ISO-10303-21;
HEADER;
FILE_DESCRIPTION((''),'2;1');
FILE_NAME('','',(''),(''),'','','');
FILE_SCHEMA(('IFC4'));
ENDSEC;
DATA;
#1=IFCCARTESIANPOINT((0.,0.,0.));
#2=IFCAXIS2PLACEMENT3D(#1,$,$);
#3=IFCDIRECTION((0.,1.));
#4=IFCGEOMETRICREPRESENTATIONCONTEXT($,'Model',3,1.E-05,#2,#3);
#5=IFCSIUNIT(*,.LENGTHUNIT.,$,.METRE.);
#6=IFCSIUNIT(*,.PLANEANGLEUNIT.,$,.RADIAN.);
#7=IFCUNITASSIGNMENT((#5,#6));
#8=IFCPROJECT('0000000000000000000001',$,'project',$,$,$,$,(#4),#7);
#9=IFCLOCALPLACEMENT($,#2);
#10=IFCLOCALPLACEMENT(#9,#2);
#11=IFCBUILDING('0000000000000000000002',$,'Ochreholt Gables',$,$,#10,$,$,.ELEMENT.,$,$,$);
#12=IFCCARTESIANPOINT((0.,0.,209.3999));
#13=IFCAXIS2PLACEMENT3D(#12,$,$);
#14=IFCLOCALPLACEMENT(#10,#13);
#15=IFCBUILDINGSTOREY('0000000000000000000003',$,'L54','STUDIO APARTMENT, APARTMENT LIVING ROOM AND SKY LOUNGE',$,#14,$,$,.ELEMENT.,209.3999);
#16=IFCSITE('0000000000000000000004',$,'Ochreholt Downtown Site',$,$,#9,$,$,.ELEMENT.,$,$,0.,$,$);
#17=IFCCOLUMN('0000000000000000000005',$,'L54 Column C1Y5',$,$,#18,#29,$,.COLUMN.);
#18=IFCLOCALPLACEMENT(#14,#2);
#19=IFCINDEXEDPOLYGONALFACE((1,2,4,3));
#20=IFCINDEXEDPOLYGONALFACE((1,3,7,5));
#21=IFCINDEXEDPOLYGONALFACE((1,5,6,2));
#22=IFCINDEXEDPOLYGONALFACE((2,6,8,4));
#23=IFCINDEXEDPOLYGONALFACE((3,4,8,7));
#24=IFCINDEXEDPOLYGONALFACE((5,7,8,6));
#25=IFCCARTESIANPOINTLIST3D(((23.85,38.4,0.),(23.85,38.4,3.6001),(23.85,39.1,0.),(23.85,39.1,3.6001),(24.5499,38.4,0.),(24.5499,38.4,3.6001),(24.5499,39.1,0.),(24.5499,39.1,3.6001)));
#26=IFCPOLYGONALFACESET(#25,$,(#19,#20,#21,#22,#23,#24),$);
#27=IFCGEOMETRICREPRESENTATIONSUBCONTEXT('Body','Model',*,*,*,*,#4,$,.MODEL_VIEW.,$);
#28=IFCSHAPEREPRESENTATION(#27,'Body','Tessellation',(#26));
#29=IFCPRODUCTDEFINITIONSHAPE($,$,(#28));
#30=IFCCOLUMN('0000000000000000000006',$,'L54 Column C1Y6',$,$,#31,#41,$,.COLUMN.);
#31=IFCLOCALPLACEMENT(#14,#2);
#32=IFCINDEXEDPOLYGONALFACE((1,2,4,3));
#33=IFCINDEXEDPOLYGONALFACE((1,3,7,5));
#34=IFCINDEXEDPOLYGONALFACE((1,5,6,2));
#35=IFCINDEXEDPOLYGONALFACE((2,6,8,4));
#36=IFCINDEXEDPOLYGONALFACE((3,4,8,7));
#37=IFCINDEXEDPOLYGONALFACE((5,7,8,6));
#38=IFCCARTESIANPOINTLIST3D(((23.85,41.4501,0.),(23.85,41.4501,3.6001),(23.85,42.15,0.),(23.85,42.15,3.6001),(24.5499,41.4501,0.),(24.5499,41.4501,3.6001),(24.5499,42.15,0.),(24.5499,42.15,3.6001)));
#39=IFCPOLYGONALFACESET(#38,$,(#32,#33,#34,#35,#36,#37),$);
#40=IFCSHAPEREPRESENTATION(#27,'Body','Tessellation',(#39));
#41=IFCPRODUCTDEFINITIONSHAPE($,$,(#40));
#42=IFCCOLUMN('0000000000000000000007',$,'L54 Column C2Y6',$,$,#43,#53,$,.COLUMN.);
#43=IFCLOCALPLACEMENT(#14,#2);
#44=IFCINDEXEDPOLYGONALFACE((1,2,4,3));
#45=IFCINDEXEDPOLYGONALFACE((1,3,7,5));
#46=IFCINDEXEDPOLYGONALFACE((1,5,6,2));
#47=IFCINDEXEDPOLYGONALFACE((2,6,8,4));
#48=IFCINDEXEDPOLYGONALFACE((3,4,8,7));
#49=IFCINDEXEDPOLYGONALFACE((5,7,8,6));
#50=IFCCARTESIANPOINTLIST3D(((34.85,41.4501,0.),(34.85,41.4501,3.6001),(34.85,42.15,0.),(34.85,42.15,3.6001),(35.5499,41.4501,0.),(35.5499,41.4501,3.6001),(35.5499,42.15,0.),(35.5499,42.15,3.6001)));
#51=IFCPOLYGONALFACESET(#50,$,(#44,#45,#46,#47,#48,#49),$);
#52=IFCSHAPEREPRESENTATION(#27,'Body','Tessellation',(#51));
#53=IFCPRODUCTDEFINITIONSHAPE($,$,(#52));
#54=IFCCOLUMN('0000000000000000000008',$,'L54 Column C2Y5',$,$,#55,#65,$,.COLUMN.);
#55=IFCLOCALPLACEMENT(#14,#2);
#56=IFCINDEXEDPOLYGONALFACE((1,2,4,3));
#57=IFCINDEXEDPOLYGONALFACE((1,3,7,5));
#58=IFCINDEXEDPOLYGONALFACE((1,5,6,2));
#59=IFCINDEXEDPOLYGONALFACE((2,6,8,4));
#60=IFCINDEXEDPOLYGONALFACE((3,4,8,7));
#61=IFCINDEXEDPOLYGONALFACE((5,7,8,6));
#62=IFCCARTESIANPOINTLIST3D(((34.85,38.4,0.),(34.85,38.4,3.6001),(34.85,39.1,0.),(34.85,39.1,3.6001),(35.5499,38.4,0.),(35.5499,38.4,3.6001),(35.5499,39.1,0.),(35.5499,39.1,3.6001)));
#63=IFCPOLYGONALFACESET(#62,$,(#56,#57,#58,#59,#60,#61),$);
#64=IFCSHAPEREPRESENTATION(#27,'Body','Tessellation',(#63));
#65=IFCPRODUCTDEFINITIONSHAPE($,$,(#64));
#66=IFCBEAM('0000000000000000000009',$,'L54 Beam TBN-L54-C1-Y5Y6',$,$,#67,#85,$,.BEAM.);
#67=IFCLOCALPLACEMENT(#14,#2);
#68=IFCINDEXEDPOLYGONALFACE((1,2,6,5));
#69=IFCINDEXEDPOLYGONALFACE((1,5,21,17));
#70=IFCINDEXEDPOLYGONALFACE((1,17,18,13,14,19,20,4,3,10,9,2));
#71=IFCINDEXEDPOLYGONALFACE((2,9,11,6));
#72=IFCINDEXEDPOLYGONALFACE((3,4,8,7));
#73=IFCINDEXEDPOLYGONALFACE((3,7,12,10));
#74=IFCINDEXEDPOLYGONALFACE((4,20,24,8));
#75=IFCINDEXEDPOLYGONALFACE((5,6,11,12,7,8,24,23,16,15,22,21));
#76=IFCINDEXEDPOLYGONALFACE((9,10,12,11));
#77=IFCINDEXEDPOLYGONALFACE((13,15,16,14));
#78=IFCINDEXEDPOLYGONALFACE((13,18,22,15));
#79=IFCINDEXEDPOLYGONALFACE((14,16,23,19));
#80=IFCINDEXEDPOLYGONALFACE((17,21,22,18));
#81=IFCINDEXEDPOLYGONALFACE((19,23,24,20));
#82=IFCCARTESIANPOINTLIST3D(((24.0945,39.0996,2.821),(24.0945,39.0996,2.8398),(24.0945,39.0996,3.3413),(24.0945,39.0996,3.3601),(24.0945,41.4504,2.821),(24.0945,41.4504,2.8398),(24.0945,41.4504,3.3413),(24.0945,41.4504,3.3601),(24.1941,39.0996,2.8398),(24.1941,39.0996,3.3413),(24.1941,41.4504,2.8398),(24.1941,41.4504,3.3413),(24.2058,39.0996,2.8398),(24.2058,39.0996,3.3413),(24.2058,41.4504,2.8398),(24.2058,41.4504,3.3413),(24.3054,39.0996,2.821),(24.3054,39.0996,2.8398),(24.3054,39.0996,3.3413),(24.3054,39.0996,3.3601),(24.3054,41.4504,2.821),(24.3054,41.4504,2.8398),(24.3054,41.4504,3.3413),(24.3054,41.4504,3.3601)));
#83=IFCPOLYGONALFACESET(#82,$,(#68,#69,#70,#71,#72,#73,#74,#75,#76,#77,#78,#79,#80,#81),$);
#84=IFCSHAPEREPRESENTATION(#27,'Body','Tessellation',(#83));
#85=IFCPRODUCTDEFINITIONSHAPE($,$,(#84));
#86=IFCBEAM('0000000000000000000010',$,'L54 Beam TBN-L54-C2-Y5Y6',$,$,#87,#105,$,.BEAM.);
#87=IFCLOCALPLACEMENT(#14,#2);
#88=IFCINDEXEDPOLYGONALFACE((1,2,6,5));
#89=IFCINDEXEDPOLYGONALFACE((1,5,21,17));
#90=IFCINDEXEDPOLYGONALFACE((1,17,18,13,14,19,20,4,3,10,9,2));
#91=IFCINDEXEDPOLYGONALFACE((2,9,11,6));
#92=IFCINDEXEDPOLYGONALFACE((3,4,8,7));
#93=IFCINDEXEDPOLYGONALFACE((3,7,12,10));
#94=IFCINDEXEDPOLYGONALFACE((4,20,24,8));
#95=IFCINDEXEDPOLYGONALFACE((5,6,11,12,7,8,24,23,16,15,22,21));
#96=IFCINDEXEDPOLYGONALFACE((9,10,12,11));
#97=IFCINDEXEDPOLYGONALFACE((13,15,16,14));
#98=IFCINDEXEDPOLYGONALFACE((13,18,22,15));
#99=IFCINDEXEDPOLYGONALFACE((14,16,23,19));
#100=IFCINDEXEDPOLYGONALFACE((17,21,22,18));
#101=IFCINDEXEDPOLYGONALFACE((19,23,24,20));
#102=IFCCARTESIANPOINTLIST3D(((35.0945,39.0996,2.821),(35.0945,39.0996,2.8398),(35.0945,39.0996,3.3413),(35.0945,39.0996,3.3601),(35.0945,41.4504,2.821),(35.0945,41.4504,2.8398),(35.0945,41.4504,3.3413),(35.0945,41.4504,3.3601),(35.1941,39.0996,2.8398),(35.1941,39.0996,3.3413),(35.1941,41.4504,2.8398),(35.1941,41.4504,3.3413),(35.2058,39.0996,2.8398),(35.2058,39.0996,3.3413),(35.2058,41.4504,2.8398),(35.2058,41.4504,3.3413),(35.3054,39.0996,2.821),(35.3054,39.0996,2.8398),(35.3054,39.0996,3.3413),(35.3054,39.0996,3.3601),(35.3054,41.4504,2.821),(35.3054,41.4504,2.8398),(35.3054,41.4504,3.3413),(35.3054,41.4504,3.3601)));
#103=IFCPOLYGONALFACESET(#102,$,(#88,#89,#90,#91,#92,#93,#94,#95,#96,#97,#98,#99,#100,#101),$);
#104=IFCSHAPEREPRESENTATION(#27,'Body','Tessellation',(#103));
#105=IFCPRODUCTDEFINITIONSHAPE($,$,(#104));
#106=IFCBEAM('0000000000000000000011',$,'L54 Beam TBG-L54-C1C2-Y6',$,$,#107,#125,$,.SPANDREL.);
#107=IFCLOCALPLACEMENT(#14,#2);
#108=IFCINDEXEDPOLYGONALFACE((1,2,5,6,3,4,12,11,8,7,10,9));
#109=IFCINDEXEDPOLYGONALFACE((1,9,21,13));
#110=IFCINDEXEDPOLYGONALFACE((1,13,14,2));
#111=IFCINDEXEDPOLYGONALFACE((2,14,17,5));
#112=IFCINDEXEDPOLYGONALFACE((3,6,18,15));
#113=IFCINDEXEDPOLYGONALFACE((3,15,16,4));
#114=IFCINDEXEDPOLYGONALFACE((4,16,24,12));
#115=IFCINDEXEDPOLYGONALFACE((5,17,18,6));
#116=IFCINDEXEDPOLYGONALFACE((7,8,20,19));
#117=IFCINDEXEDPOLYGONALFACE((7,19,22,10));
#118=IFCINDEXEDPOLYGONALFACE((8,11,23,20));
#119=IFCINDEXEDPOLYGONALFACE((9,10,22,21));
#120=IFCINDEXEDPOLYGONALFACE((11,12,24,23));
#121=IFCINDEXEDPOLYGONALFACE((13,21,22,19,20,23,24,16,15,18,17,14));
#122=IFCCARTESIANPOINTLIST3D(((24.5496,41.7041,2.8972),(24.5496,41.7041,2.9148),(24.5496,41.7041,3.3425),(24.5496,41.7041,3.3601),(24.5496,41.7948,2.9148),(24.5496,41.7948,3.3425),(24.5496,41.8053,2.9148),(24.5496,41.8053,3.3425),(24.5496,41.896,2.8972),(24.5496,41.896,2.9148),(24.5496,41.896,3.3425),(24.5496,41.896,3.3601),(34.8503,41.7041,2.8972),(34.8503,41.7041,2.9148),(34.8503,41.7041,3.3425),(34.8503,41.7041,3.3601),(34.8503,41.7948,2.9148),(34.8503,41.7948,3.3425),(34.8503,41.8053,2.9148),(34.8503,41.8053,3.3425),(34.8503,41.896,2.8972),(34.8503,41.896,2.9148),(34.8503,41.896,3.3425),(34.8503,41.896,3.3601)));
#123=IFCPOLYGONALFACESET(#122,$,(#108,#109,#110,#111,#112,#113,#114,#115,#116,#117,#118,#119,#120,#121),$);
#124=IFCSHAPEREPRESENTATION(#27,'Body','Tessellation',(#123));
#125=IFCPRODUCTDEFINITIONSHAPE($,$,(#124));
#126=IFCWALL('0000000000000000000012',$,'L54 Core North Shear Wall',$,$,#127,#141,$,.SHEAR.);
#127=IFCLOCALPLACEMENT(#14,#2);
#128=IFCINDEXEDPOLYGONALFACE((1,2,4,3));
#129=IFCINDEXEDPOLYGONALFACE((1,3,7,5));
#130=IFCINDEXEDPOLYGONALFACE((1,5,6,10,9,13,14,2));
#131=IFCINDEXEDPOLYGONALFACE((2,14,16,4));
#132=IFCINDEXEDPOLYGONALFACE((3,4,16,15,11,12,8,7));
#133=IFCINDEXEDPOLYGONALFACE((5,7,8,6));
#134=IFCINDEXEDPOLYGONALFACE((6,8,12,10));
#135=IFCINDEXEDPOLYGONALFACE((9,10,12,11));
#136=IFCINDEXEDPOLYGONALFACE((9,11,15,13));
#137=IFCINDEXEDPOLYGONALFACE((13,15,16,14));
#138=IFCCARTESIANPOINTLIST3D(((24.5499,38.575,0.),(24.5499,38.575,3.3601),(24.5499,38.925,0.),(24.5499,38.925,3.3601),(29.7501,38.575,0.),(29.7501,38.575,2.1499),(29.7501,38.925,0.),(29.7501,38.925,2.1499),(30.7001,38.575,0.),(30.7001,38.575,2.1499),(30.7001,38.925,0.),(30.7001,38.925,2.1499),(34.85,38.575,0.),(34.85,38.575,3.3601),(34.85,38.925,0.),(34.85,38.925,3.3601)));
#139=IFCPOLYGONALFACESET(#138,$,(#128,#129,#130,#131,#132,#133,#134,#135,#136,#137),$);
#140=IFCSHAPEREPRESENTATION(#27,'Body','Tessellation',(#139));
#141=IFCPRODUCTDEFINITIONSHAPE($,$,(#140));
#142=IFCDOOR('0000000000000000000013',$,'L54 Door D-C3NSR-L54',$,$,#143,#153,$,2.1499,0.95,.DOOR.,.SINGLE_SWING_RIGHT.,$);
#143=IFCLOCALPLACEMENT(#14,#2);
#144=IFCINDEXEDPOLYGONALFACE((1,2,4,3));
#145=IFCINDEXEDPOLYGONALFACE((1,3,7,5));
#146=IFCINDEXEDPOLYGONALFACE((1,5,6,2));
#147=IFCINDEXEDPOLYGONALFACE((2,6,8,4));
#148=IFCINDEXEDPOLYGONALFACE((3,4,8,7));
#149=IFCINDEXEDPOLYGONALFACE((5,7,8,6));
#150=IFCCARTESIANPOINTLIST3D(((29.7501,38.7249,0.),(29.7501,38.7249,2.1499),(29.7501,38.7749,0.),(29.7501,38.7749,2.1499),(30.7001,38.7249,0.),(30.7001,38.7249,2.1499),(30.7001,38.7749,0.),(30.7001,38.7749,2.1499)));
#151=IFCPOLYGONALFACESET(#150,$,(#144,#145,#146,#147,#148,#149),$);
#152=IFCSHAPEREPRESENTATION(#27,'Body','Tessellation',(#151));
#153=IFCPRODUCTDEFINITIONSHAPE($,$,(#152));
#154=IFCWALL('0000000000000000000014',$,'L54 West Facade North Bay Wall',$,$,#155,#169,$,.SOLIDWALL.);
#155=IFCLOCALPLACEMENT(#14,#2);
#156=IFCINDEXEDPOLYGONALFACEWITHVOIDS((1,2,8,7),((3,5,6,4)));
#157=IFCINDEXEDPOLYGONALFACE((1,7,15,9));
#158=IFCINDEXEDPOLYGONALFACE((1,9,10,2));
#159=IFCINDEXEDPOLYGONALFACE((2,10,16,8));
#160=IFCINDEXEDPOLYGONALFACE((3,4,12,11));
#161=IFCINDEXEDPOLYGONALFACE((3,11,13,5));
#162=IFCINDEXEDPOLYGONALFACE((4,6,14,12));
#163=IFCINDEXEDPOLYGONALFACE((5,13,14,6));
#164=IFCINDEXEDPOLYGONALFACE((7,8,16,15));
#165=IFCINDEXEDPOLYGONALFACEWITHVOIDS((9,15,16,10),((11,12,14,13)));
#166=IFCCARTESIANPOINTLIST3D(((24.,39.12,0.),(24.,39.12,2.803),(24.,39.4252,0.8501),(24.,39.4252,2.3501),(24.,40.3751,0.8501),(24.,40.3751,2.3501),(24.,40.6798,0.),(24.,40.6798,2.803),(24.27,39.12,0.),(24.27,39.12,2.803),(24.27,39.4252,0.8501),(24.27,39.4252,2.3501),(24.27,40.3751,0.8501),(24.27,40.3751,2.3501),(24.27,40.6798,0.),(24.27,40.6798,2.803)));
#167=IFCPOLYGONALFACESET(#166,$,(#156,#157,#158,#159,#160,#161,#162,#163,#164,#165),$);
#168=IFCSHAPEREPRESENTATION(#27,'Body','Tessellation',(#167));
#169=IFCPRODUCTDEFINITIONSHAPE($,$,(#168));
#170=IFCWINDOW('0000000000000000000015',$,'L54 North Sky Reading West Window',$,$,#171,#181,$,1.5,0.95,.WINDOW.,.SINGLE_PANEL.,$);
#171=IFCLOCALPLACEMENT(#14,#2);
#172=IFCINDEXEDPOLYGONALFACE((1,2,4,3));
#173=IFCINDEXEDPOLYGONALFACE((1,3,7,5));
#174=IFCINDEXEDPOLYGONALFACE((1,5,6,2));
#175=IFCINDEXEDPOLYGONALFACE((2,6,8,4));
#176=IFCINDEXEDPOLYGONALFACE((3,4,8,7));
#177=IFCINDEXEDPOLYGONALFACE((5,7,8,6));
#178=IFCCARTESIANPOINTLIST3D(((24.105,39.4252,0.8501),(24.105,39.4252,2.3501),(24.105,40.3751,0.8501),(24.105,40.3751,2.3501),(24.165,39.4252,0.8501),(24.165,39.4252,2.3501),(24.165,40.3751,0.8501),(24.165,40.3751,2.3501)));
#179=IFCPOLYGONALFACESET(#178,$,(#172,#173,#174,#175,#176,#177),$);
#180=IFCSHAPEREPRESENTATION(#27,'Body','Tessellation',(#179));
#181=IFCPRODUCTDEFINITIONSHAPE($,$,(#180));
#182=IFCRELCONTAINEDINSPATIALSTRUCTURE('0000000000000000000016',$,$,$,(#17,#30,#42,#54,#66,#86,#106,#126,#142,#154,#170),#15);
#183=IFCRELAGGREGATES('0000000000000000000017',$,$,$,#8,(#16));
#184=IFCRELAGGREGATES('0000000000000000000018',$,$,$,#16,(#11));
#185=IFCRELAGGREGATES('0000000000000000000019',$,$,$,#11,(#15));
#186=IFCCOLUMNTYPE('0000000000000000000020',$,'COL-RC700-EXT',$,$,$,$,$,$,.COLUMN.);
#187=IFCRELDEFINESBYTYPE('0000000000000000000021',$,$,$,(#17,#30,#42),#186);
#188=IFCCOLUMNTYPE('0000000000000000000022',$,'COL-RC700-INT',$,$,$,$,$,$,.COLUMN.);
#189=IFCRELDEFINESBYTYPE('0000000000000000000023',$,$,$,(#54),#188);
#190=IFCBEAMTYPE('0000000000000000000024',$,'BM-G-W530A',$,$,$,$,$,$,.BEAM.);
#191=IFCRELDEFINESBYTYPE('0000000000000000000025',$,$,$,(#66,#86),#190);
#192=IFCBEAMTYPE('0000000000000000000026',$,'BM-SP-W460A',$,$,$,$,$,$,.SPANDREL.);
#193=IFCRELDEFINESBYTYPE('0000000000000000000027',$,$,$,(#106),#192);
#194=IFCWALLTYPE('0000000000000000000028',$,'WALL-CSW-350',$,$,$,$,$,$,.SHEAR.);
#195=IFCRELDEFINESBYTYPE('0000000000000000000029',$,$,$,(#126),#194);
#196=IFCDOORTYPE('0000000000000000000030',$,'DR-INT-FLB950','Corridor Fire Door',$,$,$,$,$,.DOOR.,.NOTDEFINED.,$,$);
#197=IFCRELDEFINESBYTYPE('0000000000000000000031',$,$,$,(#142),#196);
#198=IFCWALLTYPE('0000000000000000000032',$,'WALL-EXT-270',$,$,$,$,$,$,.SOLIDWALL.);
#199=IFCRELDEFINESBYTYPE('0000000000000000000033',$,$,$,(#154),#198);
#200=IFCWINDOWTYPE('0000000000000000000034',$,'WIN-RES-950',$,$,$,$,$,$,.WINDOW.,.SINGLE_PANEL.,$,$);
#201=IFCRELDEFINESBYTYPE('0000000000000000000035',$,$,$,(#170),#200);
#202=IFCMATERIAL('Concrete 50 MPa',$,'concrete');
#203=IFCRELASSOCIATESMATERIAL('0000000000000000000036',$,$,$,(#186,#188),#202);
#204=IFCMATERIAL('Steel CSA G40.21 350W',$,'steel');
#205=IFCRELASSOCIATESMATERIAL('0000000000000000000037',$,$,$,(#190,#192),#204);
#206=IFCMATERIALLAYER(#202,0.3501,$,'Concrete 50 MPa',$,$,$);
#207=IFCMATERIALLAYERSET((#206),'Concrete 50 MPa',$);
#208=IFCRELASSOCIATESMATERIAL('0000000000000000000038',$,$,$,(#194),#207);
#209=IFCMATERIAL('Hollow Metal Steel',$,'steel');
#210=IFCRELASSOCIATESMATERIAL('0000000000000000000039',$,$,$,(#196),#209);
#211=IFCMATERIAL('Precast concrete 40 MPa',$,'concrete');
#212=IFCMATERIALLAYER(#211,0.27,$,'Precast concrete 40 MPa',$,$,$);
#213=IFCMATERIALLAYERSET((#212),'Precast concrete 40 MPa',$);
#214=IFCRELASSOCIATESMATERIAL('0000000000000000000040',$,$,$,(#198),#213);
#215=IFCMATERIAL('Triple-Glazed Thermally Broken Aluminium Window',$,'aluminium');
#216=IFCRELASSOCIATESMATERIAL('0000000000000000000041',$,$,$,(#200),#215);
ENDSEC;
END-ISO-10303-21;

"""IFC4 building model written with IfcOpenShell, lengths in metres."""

from ifc_helpers import new_model, si_unit, direction, frame, frame_2d, origin, origin_2d, place, context, subcontext, project, spatial, rectangle, i_section, extrude, material, layer, layer_set, material_profile, profile_set, type_object, element, fill, save


model = new_model("IFC4")

# Units and contexts
model_context = context("Model", 3, precision=1e-05, world=origin(), true_north=direction((0.0, 1.0)))
body_context = subcontext(model_context, "Body", "Model", "MODEL_VIEW")
ifc_project = project(units=[si_unit("LENGTHUNIT", "METRE"), si_unit("PLANEANGLEUNIT", "RADIAN")], contexts=[model_context])

# Site, building, storey
site_placement = place(None, origin())
site = spatial("IfcSite", under=ifc_project, at=site_placement, Name="Ochreholt Downtown Site", CompositionType="ELEMENT", RefElevation=0.0)
building_placement = place(site_placement, origin())
building = spatial("IfcBuilding", under=site, at=building_placement, Name="Ochreholt Gables", CompositionType="ELEMENT")
storey_placement = place(building_placement, frame((0.0, 0.0, 209.3999)))
storey = spatial("IfcBuildingStorey", under=building, at=storey_placement, Name="L54", Description="STUDIO APARTMENT, APARTMENT LIVING ROOM AND SKY LOUNGE", CompositionType="ELEMENT", Elevation=209.3999)

# Columns
ifc_material_1 = material(Name="Concrete 50 MPa", Category="concrete")
ifc_material_profile_1 = material_profile(ifc_material_1, rectangle(XDim=0.7, YDim=0.7, at=origin_2d()), Name="RC700X700")
ifc_profile_set_1 = profile_set([ifc_material_profile_1], Name="Concrete 50 MPa")
column_type_1 = type_object("IfcColumnType", Name="COL-RC700-EXT", PredefinedType="COLUMN", material=ifc_profile_set_1)
for number, where, z_axis, x_axis, name in (
    (1, (24.2, 38.75, 0.0), (0.0, 0.0, 1.0), (1.0, 0.0, 0.0), "L54 Column C1Y5"),
    (2, (24.2, 41.8, 0.0), (0.0, 0.0, 1.0), (1.0, 0.0, 0.0), "L54 Column C1Y6"),
    (3, (35.2, 41.8, 0.0), (0.0, 0.0, 1.0), (1.0, 0.0, 0.0), "L54 Column C2Y6"),
):
    element("IfcColumn", number, at=place(storey_placement, frame(where, z_axis=z_axis, x_axis=x_axis)), inside=storey, type_object=column_type_1, Name=name, PredefinedType="COLUMN", context=body_context, shape_type="SweptSolid", body=[
        extrude(rectangle(XDim=0.7, YDim=0.7, at=origin_2d()), origin(), (0.0, 0.0, 1.0), 3.6001),
    ])
ifc_material_profile_2 = material_profile(ifc_material_1, rectangle(XDim=0.7, YDim=0.7, at=origin_2d()), Name="RC700X700")
ifc_profile_set_2 = profile_set([ifc_material_profile_2], Name="Concrete 50 MPa")
column_type_2 = type_object("IfcColumnType", Name="COL-RC700-INT", PredefinedType="COLUMN", material=ifc_profile_set_2)
column_placement = place(storey_placement, frame((35.2, 38.75, 0.0), z_axis=(0.0, 0.0, 1.0), x_axis=(1.0, 0.0, 0.0)))
element("IfcColumn", 4, at=column_placement, inside=storey, type_object=column_type_2, Name="L54 Column C2Y5", PredefinedType="COLUMN", context=body_context, shape_type="SweptSolid", body=[
    extrude(rectangle(XDim=0.7, YDim=0.7, at=origin_2d()), origin(), (0.0, 0.0, 1.0), 3.6001),
])

# Beams
ifc_material_2 = material(Name="Steel CSA G40.21 350W", Category="steel")
ifc_material_profile_3 = material_profile(ifc_material_2, i_section(OverallWidth=0.2109, OverallDepth=0.5391, WebThickness=0.0117, FlangeThickness=0.0188, at=origin_2d()), Name="W530X109")
ifc_profile_set_3 = profile_set([ifc_material_profile_3], Name="Steel CSA G40.21 350W")
beam_type_1 = type_object("IfcBeamType", Name="BM-G-W530A", PredefinedType="BEAM", material=ifc_profile_set_3)
for number, where, z_axis, x_axis, name in (
    (5, (24.2, 39.0996, 3.0906), (0.0, 1.0, 0.0), (-1.0, 0.0, 0.0), "L54 Beam TBN-L54-C1-Y5Y6"),
    (6, (35.2, 39.0996, 3.0906), (0.0, 1.0, 0.0), (-1.0, 0.0, 0.0), "L54 Beam TBN-L54-C2-Y5Y6"),
):
    element("IfcBeam", number, at=place(storey_placement, frame(where, z_axis=z_axis, x_axis=x_axis)), inside=storey, type_object=beam_type_1, Name=name, PredefinedType="BEAM", context=body_context, shape_type="SweptSolid", body=[
        extrude(i_section(OverallWidth=0.2109, OverallDepth=0.5391, WebThickness=0.0117, FlangeThickness=0.0188, at=origin_2d()), origin(), (0.0, 0.0, 1.0), 2.3508),
    ])
ifc_material_profile_4 = material_profile(ifc_material_2, i_section(OverallWidth=0.1919, OverallDepth=0.4629, WebThickness=0.0105, FlangeThickness=0.0176, at=origin_2d()), Name="W460X89")
ifc_profile_set_4 = profile_set([ifc_material_profile_4], Name="Steel CSA G40.21 350W")
beam_type_2 = type_object("IfcBeamType", Name="BM-SP-W460A", PredefinedType="SPANDREL", material=ifc_profile_set_4)
beam_placement = place(storey_placement, frame((24.5496, 41.8, 3.1287), z_axis=(1.0, 0.0, 0.0), x_axis=(0.0, 1.0, 0.0)))
element("IfcBeam", 7, at=beam_placement, inside=storey, type_object=beam_type_2, Name="L54 Beam TBG-L54-C1C2-Y6", PredefinedType="SPANDREL", context=body_context, shape_type="SweptSolid", body=[
    extrude(i_section(OverallWidth=0.1919, OverallDepth=0.4629, WebThickness=0.0105, FlangeThickness=0.0176, at=origin_2d()), origin(), (0.0, 0.0, 1.0), 10.3008),
])

# Wall, opening, door
ifc_layer_1 = layer(ifc_material_1, 0.3501, Name="Concrete 50 MPa")
ifc_layer_set_1 = layer_set([ifc_layer_1], Name="Concrete 50 MPa")
wall_type_1 = type_object("IfcWallType", Name="WALL-CSW-350", PredefinedType="SHEAR", material=ifc_layer_set_1)
wall_1_placement = place(storey_placement, frame((24.55, 38.75, 0.0), z_axis=(0.0, 0.0, 1.0), x_axis=(1.0, 0.0, 0.0)))
wall_1 = element("IfcWall", 8, at=wall_1_placement, inside=storey, type_object=wall_type_1, Name="L54 Core North Shear Wall", PredefinedType="SHEAR", context=body_context, shape_type="SweptSolid", body=[
    extrude(rectangle(XDim=10.3, YDim=0.3501, at=frame_2d((5.1499, 0.0))), origin(), (0.0, 0.0, 1.0), 3.3601),
])
opening_1_placement = place(wall_1_placement, frame((5.2, 0.0, 0.0)))
opening_1 = element("IfcOpeningElement", 9, at=opening_1_placement, cuts=wall_1, PredefinedType="OPENING", context=body_context, shape_type="SweptSolid", body=[
    extrude(rectangle(XDim=0.95, YDim=2.1499, at=frame_2d((0.4751, 1.075))), frame((0.0, 0.1851, 0.0), z_axis=(0.0, -1.0, 0.0), x_axis=(1.0, 0.0, 0.0)), (0.0, 0.0, 1.0), 0.3701),
])
ifc_material_3 = material(Name="Hollow Metal Steel", Category="steel")
door_type_1 = type_object("IfcDoorType", Name="DR-INT-FLB950", Description="Corridor Fire Door", OperationType="NOTDEFINED", PredefinedType="DOOR", material=ifc_material_3)
door_1_placement = place(opening_1_placement, origin())
door_1 = element("IfcDoor", 10, at=door_1_placement, inside=storey, type_object=door_type_1, Name="L54 Door D-C3NSR-L54", OperationType="SINGLE_SWING_RIGHT", OverallHeight=2.1499, OverallWidth=0.95, PredefinedType="DOOR", context=body_context, shape_type="SweptSolid", body=[
    extrude(rectangle(XDim=0.95, YDim=2.1499, at=frame_2d((0.4751, 1.075))), frame((0.0, 0.0249, 0.0), z_axis=(0.0, -1.0, 0.0), x_axis=(1.0, 0.0, 0.0)), (0.0, 0.0, 1.0), 0.05),
])
fill(opening_1, door_1)

# Wall, opening, window
ifc_material_4 = material(Name="Precast concrete 40 MPa", Category="concrete")
ifc_layer_2 = layer(ifc_material_4, 0.27, Name="Precast concrete 40 MPa")
ifc_layer_set_2 = layer_set([ifc_layer_2], Name="Precast concrete 40 MPa")
wall_type_2 = type_object("IfcWallType", Name="WALL-EXT-270", PredefinedType="SOLIDWALL", material=ifc_layer_set_2)
wall_2_placement = place(storey_placement, frame((24.135, 39.1201, 0.0), z_axis=(0.0, 0.0, 1.0), x_axis=(0.0, 1.0, 0.0)))
wall_2 = element("IfcWall", 11, at=wall_2_placement, inside=storey, type_object=wall_type_2, Name="L54 West Facade North Bay Wall", PredefinedType="SOLIDWALL", context=body_context, shape_type="SweptSolid", body=[
    extrude(rectangle(XDim=1.5598, YDim=0.27, at=frame_2d((0.7798, 0.0))), origin(), (0.0, 0.0, 1.0), 2.803),
])
opening_2_placement = place(wall_2_placement, frame((0.3049, 0.0, 0.8501)))
opening_2 = element("IfcOpeningElement", 12, at=opening_2_placement, cuts=wall_2, PredefinedType="OPENING", context=body_context, shape_type="SweptSolid", body=[
    extrude(rectangle(XDim=0.95, YDim=1.5, at=frame_2d((0.4751, 0.75))), frame((0.0, 0.145, 0.0), z_axis=(0.0, -1.0, 0.0), x_axis=(1.0, 0.0, 0.0)), (0.0, 0.0, 1.0), 0.29),
])
ifc_material_5 = material(Name="Triple-Glazed Thermally Broken Aluminium Window", Category="aluminium")
window_type = type_object("IfcWindowType", Name="WIN-RES-950", PartitioningType="SINGLE_PANEL", PredefinedType="WINDOW", material=ifc_material_5)
window_placement = place(opening_2_placement, origin())
window = element("IfcWindow", 13, at=window_placement, inside=storey, type_object=window_type, Name="L54 North Sky Reading West Window", OverallHeight=1.5, OverallWidth=0.95, PartitioningType="SINGLE_PANEL", PredefinedType="WINDOW", context=body_context, shape_type="SweptSolid", body=[
    extrude(rectangle(XDim=0.95, YDim=1.5, at=frame_2d((0.4751, 0.75))), frame((0.0, 0.03, 0.0), z_axis=(0.0, -1.0, 0.0), x_axis=(1.0, 0.0, 0.0)), (0.0, 0.0, 1.0), 0.0601),
])
fill(opening_2, window)

save(model, "model.ifc")
